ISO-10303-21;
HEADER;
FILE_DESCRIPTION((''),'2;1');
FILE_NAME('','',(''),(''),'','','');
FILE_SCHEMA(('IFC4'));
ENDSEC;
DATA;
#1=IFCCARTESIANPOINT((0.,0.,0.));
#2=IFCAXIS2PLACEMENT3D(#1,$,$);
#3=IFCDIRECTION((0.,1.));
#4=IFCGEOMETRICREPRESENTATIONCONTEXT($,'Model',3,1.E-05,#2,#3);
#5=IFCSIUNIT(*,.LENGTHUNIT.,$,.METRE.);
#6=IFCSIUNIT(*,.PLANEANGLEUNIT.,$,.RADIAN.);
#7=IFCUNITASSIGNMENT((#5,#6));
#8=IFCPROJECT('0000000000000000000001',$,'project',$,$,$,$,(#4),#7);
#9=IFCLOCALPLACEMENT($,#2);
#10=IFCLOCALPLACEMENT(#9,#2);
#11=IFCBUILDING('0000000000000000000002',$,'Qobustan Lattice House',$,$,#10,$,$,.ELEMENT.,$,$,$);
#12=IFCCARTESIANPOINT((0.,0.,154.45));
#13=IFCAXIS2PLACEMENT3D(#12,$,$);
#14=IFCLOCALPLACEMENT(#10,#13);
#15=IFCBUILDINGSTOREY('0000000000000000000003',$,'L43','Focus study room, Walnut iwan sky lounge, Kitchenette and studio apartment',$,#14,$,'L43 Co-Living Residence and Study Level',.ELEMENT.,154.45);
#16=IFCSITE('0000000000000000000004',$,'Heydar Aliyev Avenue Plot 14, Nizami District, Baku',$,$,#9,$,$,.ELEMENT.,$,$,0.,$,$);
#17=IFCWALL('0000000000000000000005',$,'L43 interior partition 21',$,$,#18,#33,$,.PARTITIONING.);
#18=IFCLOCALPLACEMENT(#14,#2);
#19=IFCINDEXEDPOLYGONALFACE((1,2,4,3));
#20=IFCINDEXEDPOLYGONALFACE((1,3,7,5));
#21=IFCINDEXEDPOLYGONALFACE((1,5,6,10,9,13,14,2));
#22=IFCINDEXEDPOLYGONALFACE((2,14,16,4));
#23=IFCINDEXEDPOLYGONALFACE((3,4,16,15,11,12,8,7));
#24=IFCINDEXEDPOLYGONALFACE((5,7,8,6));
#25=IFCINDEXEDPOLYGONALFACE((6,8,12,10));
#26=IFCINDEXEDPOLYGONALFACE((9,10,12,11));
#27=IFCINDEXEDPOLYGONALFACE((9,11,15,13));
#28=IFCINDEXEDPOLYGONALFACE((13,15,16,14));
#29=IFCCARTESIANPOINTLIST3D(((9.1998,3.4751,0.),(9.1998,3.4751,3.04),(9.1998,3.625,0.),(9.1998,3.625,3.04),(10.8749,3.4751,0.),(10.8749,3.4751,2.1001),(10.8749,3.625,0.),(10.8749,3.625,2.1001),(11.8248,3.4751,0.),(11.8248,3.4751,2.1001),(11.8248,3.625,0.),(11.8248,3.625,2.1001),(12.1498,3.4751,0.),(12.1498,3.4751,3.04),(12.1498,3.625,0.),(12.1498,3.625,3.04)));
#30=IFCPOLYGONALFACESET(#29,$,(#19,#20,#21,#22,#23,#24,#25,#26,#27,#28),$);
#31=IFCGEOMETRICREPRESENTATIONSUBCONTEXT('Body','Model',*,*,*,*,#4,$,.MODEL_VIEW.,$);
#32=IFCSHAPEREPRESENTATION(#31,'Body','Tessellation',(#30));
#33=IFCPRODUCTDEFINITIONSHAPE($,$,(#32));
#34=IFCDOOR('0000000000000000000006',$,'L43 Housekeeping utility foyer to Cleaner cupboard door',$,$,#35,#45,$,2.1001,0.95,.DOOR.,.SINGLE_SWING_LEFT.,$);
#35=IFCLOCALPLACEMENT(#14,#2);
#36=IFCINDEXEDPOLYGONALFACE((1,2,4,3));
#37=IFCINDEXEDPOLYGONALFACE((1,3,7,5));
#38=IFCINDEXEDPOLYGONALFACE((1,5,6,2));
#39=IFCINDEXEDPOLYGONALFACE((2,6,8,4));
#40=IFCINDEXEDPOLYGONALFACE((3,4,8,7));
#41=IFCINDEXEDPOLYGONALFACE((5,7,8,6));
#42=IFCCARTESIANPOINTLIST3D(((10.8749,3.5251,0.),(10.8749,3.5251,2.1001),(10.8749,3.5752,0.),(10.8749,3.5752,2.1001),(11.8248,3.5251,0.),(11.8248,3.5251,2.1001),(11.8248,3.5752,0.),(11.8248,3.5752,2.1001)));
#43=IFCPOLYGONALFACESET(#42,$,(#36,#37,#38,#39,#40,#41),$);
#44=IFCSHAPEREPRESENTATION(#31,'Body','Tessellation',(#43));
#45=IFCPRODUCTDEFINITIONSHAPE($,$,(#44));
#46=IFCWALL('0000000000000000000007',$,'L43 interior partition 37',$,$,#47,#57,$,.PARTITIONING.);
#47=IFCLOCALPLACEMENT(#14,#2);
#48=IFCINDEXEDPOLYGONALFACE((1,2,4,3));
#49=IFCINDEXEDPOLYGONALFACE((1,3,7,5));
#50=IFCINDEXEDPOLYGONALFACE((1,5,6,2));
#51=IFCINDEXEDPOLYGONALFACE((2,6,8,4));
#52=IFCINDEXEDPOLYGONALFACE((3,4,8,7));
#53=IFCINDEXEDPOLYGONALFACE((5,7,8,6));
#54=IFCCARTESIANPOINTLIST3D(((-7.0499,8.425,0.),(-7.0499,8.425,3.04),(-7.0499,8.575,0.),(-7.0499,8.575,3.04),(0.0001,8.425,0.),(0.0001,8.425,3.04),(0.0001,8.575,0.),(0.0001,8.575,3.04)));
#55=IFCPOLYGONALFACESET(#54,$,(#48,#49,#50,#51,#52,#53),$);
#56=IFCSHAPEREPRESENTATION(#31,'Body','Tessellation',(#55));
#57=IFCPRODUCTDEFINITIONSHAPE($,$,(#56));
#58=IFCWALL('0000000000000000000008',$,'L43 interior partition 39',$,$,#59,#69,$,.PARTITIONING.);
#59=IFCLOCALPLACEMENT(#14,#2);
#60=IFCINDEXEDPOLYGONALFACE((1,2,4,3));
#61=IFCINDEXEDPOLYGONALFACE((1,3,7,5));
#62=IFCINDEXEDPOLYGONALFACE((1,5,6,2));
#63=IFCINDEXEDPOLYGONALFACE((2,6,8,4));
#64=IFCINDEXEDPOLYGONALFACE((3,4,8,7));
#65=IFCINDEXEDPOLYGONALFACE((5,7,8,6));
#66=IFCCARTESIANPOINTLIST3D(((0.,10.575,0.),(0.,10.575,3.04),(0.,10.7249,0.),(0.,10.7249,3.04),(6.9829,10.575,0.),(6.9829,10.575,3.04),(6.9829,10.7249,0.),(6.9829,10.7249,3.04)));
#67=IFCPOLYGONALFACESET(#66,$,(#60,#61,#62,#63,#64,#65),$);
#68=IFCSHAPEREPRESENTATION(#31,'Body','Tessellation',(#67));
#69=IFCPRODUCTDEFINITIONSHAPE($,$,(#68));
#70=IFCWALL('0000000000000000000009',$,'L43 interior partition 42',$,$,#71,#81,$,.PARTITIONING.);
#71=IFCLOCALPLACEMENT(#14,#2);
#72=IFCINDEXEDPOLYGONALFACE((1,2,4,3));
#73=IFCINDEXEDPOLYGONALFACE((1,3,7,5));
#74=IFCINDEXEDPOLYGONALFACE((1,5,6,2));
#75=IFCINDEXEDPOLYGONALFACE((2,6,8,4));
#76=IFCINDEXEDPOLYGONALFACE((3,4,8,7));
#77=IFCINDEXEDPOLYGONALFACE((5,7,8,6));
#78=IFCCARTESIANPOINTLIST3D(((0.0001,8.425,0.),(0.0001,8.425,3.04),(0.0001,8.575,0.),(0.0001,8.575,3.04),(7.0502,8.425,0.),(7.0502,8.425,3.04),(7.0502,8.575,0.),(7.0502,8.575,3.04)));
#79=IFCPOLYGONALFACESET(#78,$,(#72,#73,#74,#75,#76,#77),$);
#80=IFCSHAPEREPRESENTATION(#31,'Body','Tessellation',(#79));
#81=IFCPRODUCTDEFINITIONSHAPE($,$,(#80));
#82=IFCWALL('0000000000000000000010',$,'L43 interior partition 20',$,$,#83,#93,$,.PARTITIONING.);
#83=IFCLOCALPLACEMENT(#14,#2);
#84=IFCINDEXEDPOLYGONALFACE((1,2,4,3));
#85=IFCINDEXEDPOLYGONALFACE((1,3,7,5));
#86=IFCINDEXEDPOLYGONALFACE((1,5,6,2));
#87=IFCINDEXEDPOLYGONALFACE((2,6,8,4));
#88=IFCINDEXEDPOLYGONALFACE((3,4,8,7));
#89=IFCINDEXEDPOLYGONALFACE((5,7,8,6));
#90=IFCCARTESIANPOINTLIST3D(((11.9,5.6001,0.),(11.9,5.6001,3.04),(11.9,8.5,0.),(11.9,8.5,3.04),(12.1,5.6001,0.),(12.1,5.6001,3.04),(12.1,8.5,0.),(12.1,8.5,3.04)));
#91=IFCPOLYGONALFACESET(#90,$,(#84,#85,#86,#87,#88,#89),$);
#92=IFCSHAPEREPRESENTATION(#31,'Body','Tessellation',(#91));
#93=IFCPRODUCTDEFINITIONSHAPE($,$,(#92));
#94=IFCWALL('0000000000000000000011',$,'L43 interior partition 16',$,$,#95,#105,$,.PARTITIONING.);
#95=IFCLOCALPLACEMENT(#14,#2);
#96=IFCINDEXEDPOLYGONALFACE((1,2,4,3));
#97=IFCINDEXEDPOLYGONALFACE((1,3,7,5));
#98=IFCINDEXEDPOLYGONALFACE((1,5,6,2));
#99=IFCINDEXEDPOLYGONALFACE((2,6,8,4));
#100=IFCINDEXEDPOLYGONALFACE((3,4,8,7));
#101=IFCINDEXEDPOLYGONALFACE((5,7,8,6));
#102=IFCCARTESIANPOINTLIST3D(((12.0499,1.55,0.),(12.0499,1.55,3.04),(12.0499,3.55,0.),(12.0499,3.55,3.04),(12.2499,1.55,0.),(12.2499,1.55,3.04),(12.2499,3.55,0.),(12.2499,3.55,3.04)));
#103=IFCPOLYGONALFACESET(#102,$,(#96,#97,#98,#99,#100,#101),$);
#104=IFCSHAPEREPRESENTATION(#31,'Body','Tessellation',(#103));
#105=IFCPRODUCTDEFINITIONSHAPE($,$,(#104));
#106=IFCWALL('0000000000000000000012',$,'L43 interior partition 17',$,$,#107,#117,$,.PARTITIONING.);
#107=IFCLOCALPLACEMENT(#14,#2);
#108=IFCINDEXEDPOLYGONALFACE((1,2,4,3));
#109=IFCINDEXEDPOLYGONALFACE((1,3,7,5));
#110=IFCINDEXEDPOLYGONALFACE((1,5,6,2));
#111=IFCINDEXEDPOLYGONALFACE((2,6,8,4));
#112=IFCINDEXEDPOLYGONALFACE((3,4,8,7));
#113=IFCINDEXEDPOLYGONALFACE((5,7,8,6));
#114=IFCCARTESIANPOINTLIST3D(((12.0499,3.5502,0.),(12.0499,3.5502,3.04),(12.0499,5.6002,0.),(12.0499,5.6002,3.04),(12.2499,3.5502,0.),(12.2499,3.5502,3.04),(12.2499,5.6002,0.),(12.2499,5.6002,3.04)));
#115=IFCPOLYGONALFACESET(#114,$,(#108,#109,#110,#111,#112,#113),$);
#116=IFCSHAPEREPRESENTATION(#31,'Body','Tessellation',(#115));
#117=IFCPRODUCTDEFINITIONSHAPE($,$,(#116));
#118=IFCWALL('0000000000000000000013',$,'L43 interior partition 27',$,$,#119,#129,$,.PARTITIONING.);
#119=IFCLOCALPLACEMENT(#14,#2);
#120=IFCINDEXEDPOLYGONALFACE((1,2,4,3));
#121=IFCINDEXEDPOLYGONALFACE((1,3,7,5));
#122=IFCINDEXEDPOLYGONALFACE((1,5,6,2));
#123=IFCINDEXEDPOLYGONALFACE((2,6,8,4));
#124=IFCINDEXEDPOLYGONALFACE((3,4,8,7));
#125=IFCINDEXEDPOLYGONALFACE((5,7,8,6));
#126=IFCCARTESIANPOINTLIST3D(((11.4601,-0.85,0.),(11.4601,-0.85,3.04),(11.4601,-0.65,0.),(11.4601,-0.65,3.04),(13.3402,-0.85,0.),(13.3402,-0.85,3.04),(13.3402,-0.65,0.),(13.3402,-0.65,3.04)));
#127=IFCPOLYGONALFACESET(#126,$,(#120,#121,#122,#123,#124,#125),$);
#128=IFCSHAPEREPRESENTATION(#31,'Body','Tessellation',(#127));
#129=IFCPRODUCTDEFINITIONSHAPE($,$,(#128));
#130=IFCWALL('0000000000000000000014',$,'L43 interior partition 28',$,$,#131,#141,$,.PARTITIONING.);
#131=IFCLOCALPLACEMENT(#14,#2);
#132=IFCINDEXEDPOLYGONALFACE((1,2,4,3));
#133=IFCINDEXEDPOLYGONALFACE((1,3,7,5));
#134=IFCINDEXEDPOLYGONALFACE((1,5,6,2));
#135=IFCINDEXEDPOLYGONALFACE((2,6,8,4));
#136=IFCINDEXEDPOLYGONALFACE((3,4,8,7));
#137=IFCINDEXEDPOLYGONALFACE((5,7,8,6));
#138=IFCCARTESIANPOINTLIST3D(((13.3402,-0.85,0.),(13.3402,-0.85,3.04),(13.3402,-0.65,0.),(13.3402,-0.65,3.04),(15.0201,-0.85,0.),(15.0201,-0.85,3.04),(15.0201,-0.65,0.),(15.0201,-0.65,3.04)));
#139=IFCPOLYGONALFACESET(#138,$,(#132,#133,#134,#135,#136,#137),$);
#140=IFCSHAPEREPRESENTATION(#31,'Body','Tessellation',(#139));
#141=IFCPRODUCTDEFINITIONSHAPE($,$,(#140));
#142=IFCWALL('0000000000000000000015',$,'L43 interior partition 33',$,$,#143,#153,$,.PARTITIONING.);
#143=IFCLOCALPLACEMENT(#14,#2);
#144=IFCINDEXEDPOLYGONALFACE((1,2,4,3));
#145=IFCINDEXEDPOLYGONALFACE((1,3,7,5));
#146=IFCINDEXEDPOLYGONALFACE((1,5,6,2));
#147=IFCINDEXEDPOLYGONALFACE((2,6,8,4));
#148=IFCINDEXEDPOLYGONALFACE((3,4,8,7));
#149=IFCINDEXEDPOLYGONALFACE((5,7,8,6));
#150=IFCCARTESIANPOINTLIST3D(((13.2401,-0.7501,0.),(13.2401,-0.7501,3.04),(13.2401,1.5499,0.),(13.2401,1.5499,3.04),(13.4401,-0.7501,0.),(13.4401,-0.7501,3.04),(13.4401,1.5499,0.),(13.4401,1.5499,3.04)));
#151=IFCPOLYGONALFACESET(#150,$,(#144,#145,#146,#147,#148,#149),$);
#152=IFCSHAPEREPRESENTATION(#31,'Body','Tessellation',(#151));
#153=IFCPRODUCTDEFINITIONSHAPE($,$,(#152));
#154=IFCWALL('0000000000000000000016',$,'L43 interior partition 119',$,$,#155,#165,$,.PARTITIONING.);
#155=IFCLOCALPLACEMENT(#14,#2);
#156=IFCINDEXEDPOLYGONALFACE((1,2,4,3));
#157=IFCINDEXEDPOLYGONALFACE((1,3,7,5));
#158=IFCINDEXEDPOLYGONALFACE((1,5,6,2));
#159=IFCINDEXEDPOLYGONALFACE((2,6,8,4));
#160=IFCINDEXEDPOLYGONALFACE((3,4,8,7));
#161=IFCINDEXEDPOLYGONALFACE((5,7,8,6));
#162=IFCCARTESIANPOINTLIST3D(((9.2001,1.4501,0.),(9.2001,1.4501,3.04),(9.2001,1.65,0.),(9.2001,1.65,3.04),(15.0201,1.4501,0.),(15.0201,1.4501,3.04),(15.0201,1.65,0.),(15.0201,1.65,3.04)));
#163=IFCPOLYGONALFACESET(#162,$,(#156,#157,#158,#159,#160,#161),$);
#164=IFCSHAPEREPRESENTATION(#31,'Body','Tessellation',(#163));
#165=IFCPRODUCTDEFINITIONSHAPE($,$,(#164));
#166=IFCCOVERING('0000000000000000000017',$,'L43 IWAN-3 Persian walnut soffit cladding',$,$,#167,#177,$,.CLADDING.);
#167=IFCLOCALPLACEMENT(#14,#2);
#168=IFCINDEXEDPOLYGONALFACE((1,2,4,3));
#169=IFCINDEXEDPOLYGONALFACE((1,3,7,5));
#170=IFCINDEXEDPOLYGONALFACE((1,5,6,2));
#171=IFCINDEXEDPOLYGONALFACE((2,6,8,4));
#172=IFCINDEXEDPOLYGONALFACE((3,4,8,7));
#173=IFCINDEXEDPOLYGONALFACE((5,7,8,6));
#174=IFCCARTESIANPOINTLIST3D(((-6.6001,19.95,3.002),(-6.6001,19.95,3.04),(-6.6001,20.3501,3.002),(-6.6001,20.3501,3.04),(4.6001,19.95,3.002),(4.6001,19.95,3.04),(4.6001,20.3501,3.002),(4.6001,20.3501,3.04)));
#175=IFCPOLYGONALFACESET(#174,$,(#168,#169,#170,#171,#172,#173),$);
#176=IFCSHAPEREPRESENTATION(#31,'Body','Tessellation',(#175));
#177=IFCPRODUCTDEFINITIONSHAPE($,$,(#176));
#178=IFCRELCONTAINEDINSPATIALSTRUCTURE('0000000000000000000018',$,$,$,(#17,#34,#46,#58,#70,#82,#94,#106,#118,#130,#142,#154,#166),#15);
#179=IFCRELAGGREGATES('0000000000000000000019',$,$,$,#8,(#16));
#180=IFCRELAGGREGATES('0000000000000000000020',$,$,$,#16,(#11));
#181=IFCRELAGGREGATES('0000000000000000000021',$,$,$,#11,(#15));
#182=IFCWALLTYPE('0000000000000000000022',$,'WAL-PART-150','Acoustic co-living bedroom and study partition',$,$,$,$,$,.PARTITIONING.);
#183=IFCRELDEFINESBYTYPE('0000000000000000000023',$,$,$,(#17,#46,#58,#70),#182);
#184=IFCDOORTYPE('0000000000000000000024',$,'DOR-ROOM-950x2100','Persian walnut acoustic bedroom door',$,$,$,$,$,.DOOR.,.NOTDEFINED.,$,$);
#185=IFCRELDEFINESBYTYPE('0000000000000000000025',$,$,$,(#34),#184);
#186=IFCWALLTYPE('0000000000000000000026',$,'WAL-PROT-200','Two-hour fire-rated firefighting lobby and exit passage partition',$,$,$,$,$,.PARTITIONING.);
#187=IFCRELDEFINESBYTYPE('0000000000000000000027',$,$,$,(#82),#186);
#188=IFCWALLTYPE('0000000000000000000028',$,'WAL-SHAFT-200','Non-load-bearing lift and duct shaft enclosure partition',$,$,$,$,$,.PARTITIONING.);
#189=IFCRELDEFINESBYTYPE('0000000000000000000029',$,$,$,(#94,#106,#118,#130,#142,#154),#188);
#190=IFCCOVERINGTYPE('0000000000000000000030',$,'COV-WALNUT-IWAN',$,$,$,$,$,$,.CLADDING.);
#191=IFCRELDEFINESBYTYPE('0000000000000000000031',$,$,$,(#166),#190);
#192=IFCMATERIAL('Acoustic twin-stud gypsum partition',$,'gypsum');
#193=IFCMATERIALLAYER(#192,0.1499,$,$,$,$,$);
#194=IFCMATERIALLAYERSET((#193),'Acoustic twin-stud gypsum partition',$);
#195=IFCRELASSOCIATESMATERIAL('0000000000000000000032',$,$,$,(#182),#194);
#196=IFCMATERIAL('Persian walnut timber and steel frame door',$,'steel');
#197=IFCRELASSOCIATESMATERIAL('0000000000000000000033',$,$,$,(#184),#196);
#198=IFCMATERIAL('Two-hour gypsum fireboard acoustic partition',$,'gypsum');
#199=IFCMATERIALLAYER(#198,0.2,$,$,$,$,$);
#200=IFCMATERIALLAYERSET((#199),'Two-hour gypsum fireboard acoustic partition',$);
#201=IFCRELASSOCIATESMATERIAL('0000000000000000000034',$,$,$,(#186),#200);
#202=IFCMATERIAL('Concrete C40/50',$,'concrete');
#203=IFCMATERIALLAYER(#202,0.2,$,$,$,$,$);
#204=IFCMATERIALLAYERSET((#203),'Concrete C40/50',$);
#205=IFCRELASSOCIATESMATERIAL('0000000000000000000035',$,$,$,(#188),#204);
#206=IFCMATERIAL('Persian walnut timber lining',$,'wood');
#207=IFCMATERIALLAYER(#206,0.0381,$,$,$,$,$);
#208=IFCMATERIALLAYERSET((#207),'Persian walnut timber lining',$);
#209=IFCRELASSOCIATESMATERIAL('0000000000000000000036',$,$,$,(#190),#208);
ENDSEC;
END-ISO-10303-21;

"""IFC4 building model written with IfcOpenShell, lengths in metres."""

from ifc_helpers import new_model, si_unit, direction, frame, frame_2d, origin, place, context, subcontext, project, spatial, polyline, rectangle, outline, extrude, material, layer, layer_set, type_object, element, fill, save


model = new_model("IFC4")

# Units and contexts
model_context = context("Model", 3, precision=1e-05, world=origin(), true_north=direction((0.0, 1.0)))
body_context = subcontext(model_context, "Body", "Model", "MODEL_VIEW")
ifc_project = project(units=[si_unit("LENGTHUNIT", "METRE"), si_unit("PLANEANGLEUNIT", "RADIAN")], contexts=[model_context])

# Site, building, storey
site_placement = place(None, origin())
site = spatial("IfcSite", under=ifc_project, at=site_placement, Name="Heydar Aliyev Avenue Plot 14, Nizami District, Baku", CompositionType="ELEMENT", RefElevation=0.0)
building_placement = place(site_placement, origin())
building = spatial("IfcBuilding", under=site, at=building_placement, Name="Qobustan Lattice House", CompositionType="ELEMENT")
storey_placement = place(building_placement, frame((0.0, 0.0, 154.45)))
storey = spatial("IfcBuildingStorey", under=building, at=storey_placement, Name="L43", Description="Focus study room, Walnut iwan sky lounge, Kitchenette and studio apartment", LongName="L43 Co-Living Residence and Study Level", CompositionType="ELEMENT", Elevation=154.45)

# Wall, opening, door
ifc_material_1 = material(Name="Acoustic twin-stud gypsum partition", Category="gypsum")
ifc_layer_1 = layer(ifc_material_1, 0.1499)
ifc_layer_set_1 = layer_set([ifc_layer_1], Name="Acoustic twin-stud gypsum partition")
wall_type_1 = type_object("IfcWallType", Name="WAL-PART-150", Description="Acoustic co-living bedroom and study partition", PredefinedType="PARTITIONING", material=ifc_layer_set_1)
wall_1_placement = place(storey_placement, frame((12.1499, 3.55, 0.0), z_axis=(0.0, 0.0, 1.0), x_axis=(-1.0, 0.0, 0.0)))
wall_1 = element("IfcWall", 1, at=wall_1_placement, inside=storey, type_object=wall_type_1, Name="L43 interior partition 21", PredefinedType="PARTITIONING", context=body_context, shape_type="SweptSolid", body=[
    extrude(rectangle(XDim=2.95, YDim=0.1499, at=frame_2d((1.4751, 0.0))), origin(), (0.0, 0.0, 1.0), 3.04),
])
opening_1_placement = place(wall_1_placement, frame((0.325, 0.0, 0.0)))
opening_1 = element("IfcOpeningElement", 2, at=opening_1_placement, cuts=wall_1, PredefinedType="OPENING", context=body_context, shape_type="SweptSolid", body=[
    extrude(rectangle(XDim=0.95, YDim=2.1001, at=frame_2d((0.4751, 1.05))), frame((0.0, 0.085, 0.0), z_axis=(0.0, -1.0, 0.0), x_axis=(1.0, 0.0, 0.0)), (0.0, 0.0, 1.0), 0.1699),
])
ifc_material_2 = material(Name="Persian walnut timber and steel frame door", Category="steel")
door_type_1 = type_object("IfcDoorType", Name="DOR-ROOM-950x2100", Description="Persian walnut acoustic bedroom door", OperationType="NOTDEFINED", PredefinedType="DOOR", material=ifc_material_2)
door_1_placement = place(opening_1_placement, origin())
door_1 = element("IfcDoor", 3, at=door_1_placement, inside=storey, type_object=door_type_1, Name="L43 Housekeeping utility foyer to Cleaner cupboard door", OperationType="SINGLE_SWING_LEFT", OverallHeight=2.1001, OverallWidth=0.95, PredefinedType="DOOR", context=body_context, shape_type="SweptSolid", body=[
    extrude(rectangle(XDim=0.95, YDim=2.1001, at=frame_2d((0.4751, 1.05))), frame((0.0, 0.0249, 0.0), z_axis=(0.0, -1.0, 0.0), x_axis=(1.0, 0.0, 0.0)), (0.0, 0.0, 1.0), 0.05),
])
fill(opening_1, door_1)

# Walls
wall_2_placement = place(storey_placement, frame((0.0, 8.5, 0.0), z_axis=(0.0, 0.0, 1.0), x_axis=(-1.0, 0.0, 0.0)))
element("IfcWall", 4, at=wall_2_placement, inside=storey, type_object=wall_type_1, Name="L43 interior partition 37", PredefinedType="PARTITIONING", context=body_context, shape_type="SweptSolid", body=[
    extrude(rectangle(XDim=7.05, YDim=0.1499, at=frame_2d((3.5249, 0.0))), origin(), (0.0, 0.0, 1.0), 3.04),
])
wall_3_placement = place(storey_placement, frame((0.0, 10.6499, 0.0), z_axis=(0.0, 0.0, 1.0), x_axis=(1.0, 0.0, 0.0)))
element("IfcWall", 5, at=wall_3_placement, inside=storey, type_object=wall_type_1, Name="L43 interior partition 39", PredefinedType="PARTITIONING", context=body_context, shape_type="SweptSolid", body=[
    extrude(rectangle(XDim=6.9829, YDim=0.1499, at=frame_2d((3.4915, 0.0))), origin(), (0.0, 0.0, 1.0), 3.04),
])
wall_4_placement = place(storey_placement, frame((7.05, 8.5, 0.0), z_axis=(0.0, 0.0, 1.0), x_axis=(-1.0, 0.0, 0.0)))
element("IfcWall", 6, at=wall_4_placement, inside=storey, type_object=wall_type_1, Name="L43 interior partition 42", PredefinedType="PARTITIONING", context=body_context, shape_type="SweptSolid", body=[
    extrude(rectangle(XDim=7.05, YDim=0.1499, at=frame_2d((3.5249, 0.0))), origin(), (0.0, 0.0, 1.0), 3.04),
])
ifc_material_3 = material(Name="Two-hour gypsum fireboard acoustic partition", Category="gypsum")
ifc_layer_2 = layer(ifc_material_3, 0.2)
ifc_layer_set_2 = layer_set([ifc_layer_2], Name="Two-hour gypsum fireboard acoustic partition")
wall_type_2 = type_object("IfcWallType", Name="WAL-PROT-200", Description="Two-hour fire-rated firefighting lobby and exit passage partition", PredefinedType="PARTITIONING", material=ifc_layer_set_2)
wall_5_placement = place(storey_placement, frame((12.0, 8.5, 0.0), z_axis=(0.0, 0.0, 1.0), x_axis=(0.0, -1.0, 0.0)))
element("IfcWall", 7, at=wall_5_placement, inside=storey, type_object=wall_type_2, Name="L43 interior partition 20", PredefinedType="PARTITIONING", context=body_context, shape_type="SweptSolid", body=[
    extrude(rectangle(XDim=2.8999, YDim=0.2, at=frame_2d((1.45, 0.0))), origin(), (0.0, 0.0, 1.0), 3.04),
])
ifc_material_4 = material(Name="Concrete C40/50", Category="concrete")
ifc_layer_3 = layer(ifc_material_4, 0.2)
ifc_layer_set_3 = layer_set([ifc_layer_3], Name="Concrete C40/50")
wall_type_3 = type_object("IfcWallType", Name="WAL-SHAFT-200", Description="Non-load-bearing lift and duct shaft enclosure partition", PredefinedType="PARTITIONING", material=ifc_layer_set_3)
wall_6_placement = place(storey_placement, frame((12.1499, 3.55, 0.0), z_axis=(0.0, 0.0, 1.0), x_axis=(0.0, -1.0, 0.0)))
element("IfcWall", 8, at=wall_6_placement, inside=storey, type_object=wall_type_3, Name="L43 interior partition 16", PredefinedType="PARTITIONING", context=body_context, shape_type="SweptSolid", body=[
    extrude(rectangle(XDim=2.0, YDim=0.2, at=frame_2d((1.0, 0.0))), origin(), (0.0, 0.0, 1.0), 3.04),
])
wall_7_placement = place(storey_placement, frame((12.1499, 5.6001, 0.0), z_axis=(0.0, 0.0, 1.0), x_axis=(0.0, -1.0, 0.0)))
element("IfcWall", 9, at=wall_7_placement, inside=storey, type_object=wall_type_3, Name="L43 interior partition 17", PredefinedType="PARTITIONING", context=body_context, shape_type="SweptSolid", body=[
    extrude(rectangle(XDim=2.05, YDim=0.2, at=frame_2d((1.0249, 0.0))), origin(), (0.0, 0.0, 1.0), 3.04),
])
wall_8_placement = place(storey_placement, frame((13.3401, -0.75, 0.0), z_axis=(0.0, 0.0, 1.0), x_axis=(-1.0, 0.0, 0.0)))
element("IfcWall", 10, at=wall_8_placement, inside=storey, type_object=wall_type_3, Name="L43 interior partition 27", PredefinedType="PARTITIONING", context=body_context, shape_type="SweptSolid", body=[
    extrude(rectangle(XDim=1.8801, YDim=0.2, at=frame_2d((0.9399, 0.0))), origin(), (0.0, 0.0, 1.0), 3.04),
])
wall_9_placement = place(storey_placement, frame((15.02, -0.75, 0.0), z_axis=(0.0, 0.0, 1.0), x_axis=(-1.0, 0.0, 0.0)))
element("IfcWall", 11, at=wall_9_placement, inside=storey, type_object=wall_type_3, Name="L43 interior partition 28", PredefinedType="PARTITIONING", context=body_context, shape_type="SweptSolid", body=[
    extrude(rectangle(XDim=1.6799, YDim=0.2, at=frame_2d((0.8398, 0.0))), origin(), (0.0, 0.0, 1.0), 3.04),
])
wall_10_placement = place(storey_placement, frame((13.3401, -0.75, 0.0), z_axis=(0.0, 0.0, 1.0), x_axis=(0.0, 1.0, 0.0)))
element("IfcWall", 12, at=wall_10_placement, inside=storey, type_object=wall_type_3, Name="L43 interior partition 33", PredefinedType="PARTITIONING", context=body_context, shape_type="SweptSolid", body=[
    extrude(rectangle(XDim=2.3, YDim=0.2, at=frame_2d((1.1499, 0.0))), origin(), (0.0, 0.0, 1.0), 3.04),
])
wall_11_placement = place(storey_placement, frame((9.2, 1.55, 0.0), z_axis=(0.0, 0.0, 1.0), x_axis=(1.0, 0.0, 0.0)))
element("IfcWall", 13, at=wall_11_placement, inside=storey, type_object=wall_type_3, Name="L43 interior partition 119", PredefinedType="PARTITIONING", context=body_context, shape_type="SweptSolid", body=[
    extrude(rectangle(XDim=5.8201, YDim=0.2, at=frame_2d((2.9102, 0.0))), origin(), (0.0, 0.0, 1.0), 3.04),
])

# Covering
ifc_material_5 = material(Name="Persian walnut timber lining", Category="wood")
ifc_layer_4 = layer(ifc_material_5, 0.0381)
ifc_layer_set_4 = layer_set([ifc_layer_4], Name="Persian walnut timber lining")
covering_type = type_object("IfcCoveringType", Name="COV-WALNUT-IWAN", PredefinedType="CLADDING", material=ifc_layer_set_4)
covering_placement = place(storey_placement, frame((0.0, 0.0, 3.002)))
element("IfcCovering", 14, at=covering_placement, inside=storey, type_object=covering_type, Name="L43 IWAN-3 Persian walnut soffit cladding", PredefinedType="CLADDING", context=body_context, shape_type="SweptSolid", body=[
    extrude(outline(polyline([(-6.6001, 20.3501), (4.6001, 20.3501), (4.6001, 19.95), (-6.6001, 19.95), (-6.6001, 20.3501)])), origin(), (0.0, 0.0, 1.0), 0.0381),
])

save(model, "model.ifc")
